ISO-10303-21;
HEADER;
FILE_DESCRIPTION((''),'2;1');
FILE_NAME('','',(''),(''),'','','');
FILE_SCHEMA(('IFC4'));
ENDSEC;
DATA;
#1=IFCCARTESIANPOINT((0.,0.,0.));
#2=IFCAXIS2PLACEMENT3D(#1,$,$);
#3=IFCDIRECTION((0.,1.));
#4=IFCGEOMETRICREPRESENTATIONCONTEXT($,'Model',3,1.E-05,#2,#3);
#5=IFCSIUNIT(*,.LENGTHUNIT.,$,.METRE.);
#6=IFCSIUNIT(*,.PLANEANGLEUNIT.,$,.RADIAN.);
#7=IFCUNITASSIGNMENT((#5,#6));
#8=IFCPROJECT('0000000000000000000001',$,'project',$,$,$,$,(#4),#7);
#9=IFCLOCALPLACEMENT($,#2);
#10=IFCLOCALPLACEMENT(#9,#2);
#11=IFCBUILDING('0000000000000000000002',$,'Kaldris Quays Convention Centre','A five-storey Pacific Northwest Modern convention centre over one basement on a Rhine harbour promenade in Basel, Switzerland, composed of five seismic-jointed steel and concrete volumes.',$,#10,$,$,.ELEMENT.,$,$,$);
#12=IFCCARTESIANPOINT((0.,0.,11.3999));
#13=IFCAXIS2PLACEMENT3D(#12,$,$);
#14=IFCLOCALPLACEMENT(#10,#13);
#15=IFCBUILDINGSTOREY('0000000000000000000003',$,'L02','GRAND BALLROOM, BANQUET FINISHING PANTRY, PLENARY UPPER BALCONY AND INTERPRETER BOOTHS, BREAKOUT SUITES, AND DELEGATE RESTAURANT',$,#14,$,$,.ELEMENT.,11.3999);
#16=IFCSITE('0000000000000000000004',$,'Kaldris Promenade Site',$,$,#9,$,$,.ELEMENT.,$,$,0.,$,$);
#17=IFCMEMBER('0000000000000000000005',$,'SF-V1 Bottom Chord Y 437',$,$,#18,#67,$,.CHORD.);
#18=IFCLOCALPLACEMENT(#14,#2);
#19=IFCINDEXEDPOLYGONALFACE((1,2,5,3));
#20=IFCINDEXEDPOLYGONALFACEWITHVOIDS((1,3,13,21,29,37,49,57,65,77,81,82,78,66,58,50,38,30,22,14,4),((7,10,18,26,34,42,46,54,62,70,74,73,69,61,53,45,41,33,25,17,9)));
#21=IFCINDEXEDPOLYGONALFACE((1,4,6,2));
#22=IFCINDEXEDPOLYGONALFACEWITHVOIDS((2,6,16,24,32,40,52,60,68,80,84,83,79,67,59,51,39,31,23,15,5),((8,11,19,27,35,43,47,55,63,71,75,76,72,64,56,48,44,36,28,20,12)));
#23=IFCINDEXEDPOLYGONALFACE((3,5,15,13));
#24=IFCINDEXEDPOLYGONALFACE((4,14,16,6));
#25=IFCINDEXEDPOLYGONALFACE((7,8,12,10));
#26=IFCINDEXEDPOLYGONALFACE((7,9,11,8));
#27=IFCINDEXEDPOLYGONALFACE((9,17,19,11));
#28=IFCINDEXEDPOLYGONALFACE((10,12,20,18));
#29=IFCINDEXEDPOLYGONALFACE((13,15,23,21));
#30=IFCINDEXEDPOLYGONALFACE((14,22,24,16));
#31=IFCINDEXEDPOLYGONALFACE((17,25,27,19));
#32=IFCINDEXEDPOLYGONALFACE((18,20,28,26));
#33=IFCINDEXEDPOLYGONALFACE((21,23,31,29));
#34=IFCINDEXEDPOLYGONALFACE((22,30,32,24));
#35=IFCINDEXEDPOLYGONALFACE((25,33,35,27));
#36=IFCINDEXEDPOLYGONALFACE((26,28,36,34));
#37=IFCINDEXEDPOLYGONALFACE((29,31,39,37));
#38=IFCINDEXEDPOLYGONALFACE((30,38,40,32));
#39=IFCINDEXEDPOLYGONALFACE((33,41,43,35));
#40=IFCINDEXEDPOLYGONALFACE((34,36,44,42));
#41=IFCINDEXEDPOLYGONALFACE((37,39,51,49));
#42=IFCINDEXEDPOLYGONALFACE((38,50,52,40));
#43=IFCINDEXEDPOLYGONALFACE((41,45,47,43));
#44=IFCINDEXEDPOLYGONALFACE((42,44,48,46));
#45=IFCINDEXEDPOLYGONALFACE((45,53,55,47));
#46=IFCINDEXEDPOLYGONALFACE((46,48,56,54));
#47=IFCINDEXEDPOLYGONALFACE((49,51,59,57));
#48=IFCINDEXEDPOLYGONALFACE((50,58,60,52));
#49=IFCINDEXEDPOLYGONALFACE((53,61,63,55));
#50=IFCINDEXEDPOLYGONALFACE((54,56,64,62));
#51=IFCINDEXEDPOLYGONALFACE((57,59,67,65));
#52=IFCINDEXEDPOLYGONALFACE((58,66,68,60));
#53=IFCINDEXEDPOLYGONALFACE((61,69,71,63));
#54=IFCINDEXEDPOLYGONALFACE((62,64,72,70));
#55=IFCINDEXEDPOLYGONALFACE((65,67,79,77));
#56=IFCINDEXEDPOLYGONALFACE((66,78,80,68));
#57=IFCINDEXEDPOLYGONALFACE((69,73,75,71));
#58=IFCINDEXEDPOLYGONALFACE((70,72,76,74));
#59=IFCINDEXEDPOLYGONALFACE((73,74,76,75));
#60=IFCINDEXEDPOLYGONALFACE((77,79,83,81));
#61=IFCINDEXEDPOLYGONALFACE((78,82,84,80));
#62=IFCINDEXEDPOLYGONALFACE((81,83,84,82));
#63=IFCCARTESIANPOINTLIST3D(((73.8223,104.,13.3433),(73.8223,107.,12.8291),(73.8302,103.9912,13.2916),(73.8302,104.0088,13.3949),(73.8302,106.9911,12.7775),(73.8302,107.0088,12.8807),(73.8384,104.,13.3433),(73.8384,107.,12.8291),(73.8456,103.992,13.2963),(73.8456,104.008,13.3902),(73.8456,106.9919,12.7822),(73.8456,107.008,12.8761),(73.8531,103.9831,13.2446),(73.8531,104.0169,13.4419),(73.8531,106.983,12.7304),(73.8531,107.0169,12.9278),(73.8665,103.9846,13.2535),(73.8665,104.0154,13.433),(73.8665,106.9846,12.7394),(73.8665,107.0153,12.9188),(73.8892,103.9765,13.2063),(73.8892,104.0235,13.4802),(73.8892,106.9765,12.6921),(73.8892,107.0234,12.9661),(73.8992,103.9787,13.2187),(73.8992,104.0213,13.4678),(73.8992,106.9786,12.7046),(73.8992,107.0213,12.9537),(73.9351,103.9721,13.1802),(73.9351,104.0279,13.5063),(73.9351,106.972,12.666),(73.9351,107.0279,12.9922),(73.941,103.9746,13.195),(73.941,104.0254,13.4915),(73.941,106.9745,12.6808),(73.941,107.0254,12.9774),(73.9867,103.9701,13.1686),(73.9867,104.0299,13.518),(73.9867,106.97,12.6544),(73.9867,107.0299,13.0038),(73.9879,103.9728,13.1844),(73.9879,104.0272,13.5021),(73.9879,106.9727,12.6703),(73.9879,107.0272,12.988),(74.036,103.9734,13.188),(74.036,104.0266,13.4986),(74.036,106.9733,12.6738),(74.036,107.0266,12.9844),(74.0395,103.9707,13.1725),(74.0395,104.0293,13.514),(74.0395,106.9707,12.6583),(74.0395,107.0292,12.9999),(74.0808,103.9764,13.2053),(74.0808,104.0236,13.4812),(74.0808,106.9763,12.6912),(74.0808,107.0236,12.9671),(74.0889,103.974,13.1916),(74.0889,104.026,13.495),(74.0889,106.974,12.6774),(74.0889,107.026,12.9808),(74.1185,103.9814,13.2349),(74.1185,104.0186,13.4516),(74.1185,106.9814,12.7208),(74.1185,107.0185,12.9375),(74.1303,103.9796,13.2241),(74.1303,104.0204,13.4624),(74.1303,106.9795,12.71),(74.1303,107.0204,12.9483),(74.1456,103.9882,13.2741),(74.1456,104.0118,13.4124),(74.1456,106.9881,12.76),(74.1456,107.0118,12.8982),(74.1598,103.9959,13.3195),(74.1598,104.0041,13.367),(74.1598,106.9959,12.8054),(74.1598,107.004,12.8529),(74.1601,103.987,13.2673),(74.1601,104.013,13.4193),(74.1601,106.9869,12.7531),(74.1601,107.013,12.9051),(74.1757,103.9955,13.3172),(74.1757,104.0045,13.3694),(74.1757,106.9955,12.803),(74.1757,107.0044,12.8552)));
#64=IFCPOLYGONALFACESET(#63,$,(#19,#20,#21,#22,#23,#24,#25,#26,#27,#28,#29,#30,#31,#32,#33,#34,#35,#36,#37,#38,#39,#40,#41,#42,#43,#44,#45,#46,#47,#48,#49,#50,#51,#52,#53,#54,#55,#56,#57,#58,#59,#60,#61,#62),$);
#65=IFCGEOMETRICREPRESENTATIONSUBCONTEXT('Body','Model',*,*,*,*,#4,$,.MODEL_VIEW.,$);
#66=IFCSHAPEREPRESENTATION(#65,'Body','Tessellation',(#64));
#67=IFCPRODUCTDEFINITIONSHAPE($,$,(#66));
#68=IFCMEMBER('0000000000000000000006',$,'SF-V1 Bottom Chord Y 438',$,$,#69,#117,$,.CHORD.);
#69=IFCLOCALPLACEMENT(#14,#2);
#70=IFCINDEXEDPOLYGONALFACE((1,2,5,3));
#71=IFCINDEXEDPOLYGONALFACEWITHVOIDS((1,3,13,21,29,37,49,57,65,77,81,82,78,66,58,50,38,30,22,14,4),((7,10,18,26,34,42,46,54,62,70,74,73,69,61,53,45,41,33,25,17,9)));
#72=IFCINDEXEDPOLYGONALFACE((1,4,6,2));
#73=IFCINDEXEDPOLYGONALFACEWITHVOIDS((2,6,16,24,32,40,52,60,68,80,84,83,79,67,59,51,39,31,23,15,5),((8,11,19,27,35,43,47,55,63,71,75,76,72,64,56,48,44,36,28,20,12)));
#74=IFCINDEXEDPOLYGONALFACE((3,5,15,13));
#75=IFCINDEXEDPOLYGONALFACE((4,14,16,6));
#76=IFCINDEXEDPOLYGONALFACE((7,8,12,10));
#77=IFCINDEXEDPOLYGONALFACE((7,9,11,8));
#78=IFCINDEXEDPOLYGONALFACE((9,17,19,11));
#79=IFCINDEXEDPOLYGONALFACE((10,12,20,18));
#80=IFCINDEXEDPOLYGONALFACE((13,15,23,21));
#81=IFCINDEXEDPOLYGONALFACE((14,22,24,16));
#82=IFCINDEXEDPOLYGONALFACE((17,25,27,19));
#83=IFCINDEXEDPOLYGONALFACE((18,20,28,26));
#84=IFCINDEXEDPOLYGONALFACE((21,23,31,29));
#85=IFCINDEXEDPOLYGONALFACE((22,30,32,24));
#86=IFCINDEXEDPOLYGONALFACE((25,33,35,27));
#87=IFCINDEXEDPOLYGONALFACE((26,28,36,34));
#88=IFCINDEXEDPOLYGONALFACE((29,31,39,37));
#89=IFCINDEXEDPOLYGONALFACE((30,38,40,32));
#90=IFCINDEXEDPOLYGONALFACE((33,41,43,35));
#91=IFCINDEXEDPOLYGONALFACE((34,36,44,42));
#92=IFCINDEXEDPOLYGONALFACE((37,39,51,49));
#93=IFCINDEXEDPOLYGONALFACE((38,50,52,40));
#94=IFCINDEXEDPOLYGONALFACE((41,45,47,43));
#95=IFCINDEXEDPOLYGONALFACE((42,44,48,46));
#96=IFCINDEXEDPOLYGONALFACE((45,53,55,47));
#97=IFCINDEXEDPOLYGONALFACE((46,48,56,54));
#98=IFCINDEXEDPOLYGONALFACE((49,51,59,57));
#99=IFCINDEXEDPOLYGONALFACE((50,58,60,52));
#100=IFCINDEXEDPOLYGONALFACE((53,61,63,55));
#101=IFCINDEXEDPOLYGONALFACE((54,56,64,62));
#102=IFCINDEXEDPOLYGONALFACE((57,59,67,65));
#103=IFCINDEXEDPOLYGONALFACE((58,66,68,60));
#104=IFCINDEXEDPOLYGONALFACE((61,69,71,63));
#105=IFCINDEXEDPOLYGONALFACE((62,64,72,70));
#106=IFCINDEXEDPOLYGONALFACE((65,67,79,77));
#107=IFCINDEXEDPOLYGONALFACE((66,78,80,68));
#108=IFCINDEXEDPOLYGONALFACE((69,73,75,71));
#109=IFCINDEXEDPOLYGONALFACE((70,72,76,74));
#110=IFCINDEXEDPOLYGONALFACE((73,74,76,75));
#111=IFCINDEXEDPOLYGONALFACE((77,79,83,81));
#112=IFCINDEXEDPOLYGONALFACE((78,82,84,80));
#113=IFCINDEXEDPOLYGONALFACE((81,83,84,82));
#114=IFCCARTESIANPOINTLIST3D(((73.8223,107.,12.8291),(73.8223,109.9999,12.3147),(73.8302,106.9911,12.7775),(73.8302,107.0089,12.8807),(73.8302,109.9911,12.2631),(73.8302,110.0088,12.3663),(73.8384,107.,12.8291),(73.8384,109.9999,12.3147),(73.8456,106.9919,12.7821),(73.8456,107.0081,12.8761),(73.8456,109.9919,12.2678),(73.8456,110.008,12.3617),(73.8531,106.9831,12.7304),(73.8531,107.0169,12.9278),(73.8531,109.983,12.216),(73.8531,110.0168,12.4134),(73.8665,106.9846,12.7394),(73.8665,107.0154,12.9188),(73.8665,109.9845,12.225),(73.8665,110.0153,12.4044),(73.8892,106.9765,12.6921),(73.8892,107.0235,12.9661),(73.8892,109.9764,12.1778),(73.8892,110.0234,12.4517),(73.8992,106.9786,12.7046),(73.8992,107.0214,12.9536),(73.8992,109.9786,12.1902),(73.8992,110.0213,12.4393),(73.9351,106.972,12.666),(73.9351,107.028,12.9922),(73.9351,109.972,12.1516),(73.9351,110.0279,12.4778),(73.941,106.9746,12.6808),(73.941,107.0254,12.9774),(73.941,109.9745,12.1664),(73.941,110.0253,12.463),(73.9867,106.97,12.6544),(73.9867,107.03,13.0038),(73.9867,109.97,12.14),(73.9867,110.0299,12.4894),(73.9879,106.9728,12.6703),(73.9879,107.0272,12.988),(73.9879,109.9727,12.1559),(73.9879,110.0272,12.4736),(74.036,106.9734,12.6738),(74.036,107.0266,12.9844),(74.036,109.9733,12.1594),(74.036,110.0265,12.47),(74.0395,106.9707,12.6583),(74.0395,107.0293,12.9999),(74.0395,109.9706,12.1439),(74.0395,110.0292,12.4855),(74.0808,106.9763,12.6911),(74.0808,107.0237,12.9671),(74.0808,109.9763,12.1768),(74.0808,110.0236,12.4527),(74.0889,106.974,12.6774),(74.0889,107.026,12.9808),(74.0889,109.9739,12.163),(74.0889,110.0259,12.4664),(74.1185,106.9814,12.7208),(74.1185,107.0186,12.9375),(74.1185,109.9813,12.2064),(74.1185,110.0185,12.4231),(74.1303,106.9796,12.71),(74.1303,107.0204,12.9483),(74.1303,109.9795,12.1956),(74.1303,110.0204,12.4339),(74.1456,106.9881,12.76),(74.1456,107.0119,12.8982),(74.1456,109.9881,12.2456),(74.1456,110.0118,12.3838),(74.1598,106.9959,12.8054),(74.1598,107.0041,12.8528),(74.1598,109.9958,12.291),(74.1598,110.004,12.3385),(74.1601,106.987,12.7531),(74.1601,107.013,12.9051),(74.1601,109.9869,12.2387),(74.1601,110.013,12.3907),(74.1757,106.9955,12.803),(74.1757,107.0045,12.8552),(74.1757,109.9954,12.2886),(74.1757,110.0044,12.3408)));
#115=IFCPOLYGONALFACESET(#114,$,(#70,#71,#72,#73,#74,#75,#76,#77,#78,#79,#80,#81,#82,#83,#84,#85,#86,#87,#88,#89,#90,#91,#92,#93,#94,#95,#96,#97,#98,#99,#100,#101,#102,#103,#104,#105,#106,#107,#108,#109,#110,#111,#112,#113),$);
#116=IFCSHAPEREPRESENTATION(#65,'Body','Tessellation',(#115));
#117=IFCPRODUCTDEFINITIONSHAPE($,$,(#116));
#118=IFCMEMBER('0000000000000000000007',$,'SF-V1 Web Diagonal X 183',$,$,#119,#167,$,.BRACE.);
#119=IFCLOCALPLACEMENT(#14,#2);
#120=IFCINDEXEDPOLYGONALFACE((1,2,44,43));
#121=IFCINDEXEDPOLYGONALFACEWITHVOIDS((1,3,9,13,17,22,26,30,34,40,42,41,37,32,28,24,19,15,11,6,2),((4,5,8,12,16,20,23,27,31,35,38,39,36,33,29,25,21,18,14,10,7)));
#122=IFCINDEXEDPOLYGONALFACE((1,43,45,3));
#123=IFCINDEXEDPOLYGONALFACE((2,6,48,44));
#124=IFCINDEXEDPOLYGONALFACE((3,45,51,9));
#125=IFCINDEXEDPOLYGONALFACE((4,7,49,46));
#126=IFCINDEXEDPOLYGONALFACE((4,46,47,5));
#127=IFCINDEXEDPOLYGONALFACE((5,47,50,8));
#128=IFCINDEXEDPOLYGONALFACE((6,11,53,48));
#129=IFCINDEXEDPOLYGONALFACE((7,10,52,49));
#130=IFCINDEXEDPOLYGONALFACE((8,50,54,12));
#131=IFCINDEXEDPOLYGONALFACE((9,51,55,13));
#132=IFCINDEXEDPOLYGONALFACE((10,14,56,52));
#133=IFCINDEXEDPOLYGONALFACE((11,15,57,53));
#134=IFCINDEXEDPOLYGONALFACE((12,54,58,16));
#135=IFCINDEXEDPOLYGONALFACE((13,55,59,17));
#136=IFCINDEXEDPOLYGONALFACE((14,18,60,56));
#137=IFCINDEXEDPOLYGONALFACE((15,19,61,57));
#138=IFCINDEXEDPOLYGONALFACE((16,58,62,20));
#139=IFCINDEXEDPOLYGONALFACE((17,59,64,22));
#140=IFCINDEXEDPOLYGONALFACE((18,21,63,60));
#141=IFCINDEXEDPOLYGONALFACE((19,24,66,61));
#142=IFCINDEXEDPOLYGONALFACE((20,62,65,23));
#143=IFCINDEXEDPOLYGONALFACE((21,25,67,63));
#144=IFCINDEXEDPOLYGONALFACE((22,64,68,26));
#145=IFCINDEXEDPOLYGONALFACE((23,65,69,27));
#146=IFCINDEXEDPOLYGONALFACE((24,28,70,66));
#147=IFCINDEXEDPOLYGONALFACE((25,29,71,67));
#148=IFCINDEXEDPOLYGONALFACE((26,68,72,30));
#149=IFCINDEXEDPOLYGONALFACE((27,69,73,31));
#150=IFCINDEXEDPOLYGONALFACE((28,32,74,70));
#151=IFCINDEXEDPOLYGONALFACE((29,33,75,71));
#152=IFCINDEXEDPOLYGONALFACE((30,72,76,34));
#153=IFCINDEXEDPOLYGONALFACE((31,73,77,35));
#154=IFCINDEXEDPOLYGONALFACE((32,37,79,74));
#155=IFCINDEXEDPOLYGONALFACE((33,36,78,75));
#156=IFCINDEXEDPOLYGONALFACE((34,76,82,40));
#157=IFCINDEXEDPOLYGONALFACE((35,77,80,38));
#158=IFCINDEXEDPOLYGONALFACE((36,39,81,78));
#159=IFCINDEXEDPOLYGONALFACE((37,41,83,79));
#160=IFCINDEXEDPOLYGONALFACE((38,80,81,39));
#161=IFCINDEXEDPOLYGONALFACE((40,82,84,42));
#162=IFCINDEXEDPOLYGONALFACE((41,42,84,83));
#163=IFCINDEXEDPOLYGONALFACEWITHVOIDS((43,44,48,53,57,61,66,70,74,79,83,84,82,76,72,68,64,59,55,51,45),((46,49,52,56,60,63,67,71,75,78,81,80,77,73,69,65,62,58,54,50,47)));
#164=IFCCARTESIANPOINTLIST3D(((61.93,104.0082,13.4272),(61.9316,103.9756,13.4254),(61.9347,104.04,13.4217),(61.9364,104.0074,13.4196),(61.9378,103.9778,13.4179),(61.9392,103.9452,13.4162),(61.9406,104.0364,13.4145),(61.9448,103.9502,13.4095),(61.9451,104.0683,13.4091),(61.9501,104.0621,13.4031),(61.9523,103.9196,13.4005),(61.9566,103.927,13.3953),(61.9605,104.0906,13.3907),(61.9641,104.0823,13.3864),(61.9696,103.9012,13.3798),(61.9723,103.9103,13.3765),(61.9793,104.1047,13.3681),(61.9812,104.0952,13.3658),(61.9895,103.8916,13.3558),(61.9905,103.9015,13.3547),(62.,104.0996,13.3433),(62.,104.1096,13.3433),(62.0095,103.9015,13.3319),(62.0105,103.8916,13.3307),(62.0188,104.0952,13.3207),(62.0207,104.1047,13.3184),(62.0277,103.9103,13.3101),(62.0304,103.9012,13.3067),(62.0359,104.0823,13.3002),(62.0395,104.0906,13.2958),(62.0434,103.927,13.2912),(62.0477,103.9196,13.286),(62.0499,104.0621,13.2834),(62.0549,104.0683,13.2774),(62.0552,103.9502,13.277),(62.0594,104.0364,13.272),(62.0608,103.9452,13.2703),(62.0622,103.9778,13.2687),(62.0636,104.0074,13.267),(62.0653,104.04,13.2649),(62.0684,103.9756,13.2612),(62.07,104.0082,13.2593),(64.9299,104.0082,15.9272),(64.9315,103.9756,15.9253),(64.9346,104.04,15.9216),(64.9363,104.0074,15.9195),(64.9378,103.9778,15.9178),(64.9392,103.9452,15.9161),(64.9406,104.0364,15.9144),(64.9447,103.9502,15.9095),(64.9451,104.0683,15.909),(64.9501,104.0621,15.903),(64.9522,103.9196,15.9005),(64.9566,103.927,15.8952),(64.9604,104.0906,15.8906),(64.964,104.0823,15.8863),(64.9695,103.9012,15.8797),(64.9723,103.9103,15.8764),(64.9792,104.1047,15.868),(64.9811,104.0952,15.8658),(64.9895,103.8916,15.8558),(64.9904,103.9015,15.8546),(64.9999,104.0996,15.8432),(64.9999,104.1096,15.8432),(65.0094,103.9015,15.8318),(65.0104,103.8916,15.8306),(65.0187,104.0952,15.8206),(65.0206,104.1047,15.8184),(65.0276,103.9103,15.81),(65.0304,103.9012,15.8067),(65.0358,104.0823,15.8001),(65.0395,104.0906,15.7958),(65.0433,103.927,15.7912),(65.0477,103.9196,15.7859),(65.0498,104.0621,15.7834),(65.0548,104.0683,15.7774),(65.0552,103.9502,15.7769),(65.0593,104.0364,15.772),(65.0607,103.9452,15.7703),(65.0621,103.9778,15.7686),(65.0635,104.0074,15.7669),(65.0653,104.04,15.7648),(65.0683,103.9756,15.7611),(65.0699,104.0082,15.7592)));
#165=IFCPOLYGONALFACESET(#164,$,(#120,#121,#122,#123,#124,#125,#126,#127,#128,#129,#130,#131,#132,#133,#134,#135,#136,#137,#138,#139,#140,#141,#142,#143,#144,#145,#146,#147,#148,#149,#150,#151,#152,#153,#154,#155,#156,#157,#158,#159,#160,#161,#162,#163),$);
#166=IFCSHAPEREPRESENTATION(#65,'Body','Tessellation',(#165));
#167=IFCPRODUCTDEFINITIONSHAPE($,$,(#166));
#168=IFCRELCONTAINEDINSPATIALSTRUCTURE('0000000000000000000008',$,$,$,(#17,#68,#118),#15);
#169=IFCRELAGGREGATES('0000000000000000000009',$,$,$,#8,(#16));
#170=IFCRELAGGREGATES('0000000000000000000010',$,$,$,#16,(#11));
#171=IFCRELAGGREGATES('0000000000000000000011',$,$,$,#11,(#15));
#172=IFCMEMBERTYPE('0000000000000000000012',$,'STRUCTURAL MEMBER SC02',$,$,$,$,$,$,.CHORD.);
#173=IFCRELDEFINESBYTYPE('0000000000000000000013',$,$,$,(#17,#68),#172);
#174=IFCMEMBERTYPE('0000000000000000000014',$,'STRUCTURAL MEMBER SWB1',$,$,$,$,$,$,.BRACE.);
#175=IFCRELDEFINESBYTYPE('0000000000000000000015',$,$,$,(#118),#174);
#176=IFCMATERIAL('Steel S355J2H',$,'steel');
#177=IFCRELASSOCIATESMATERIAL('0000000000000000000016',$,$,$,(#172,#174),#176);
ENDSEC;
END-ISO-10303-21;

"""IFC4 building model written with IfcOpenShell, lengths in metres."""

from ifc_helpers import new_model, si_unit, direction, frame, origin, origin_2d, place, context, subcontext, project, spatial, hollow_circle, extrude, material, material_profile, profile_set, type_object, element, save


model = new_model("IFC4")

# Units and contexts
model_context = context("Model", 3, precision=1e-05, world=origin(), true_north=direction((0.0, 1.0)))
body_context = subcontext(model_context, "Body", "Model", "MODEL_VIEW")
ifc_project = project(units=[si_unit("LENGTHUNIT", "METRE"), si_unit("PLANEANGLEUNIT", "RADIAN")], contexts=[model_context])

# Site, building, storey
site_placement = place(None, origin())
site = spatial("IfcSite", under=ifc_project, at=site_placement, Name="Kaldris Promenade Site", CompositionType="ELEMENT", RefElevation=0.0)
building_placement = place(site_placement, origin())
building = spatial("IfcBuilding", under=site, at=building_placement, Name="Kaldris Quays Convention Centre", Description="A five-storey Pacific Northwest Modern convention centre over one basement on a Rhine harbour promenade in Basel, Switzerland, composed of five seismic-jointed steel and concrete volumes.", CompositionType="ELEMENT")
storey_placement = place(building_placement, frame((0.0, 0.0, 11.3999)))
storey = spatial("IfcBuildingStorey", under=building, at=storey_placement, Name="L02", Description="GRAND BALLROOM, BANQUET FINISHING PANTRY, PLENARY UPPER BALCONY AND INTERPRETER BOOTHS, BREAKOUT SUITES, AND DELEGATE RESTAURANT", CompositionType="ELEMENT", Elevation=11.3999)

# Members
ifc_material_1 = material(Name="Steel S355J2H", Category="steel")
ifc_material_profile_1 = material_profile(ifc_material_1, hollow_circle(Radius=0.1777, WallThickness=0.0161, at=origin_2d()), Name="CHS 355.6x16")
ifc_profile_set_1 = profile_set([ifc_material_profile_1], Name="Steel S355J2H")
member_type_1 = type_object("IfcMemberType", Name="STRUCTURAL MEMBER SC02", PredefinedType="CHORD", material=ifc_profile_set_1)
for number, where, z_axis, x_axis, name in (
    (1, (74.0, 104.0, 13.3433), (0.0, 0.985629, -0.168924), (-1.0, 0.0, 0.0), "SF-V1 Bottom Chord Y 437"),
    (2, (74.0, 107.0, 12.8291), (0.0, 0.985616, -0.169002), (-1.0, 0.0, 0.0), "SF-V1 Bottom Chord Y 438"),
):
    element("IfcMember", number, at=place(storey_placement, frame(where, z_axis=z_axis, x_axis=x_axis)), inside=storey, type_object=member_type_1, Name=name, PredefinedType="CHORD", context=body_context, shape_type="SweptSolid", body=[
        extrude(hollow_circle(Radius=0.1777, WallThickness=0.0161, at=origin_2d()), origin(), (0.0, 0.0, 1.0), 3.0437),
    ])
ifc_material_profile_2 = material_profile(ifc_material_1, hollow_circle(Radius=0.1096, WallThickness=0.01, at=origin_2d()), Name="CHS 219.1x10")
ifc_profile_set_2 = profile_set([ifc_material_profile_2], Name="Steel S355J2H")
member_type_2 = type_object("IfcMemberType", Name="STRUCTURAL MEMBER SWB1", PredefinedType="BRACE", material=ifc_profile_set_2)
for number, where, z_axis, x_axis, name in (
    (3, (62.0, 104.0, 13.3433), (0.768221, 0.0, 0.640184), (0.0, 1.0, 0.0), "SF-V1 Web Diagonal X 183"),
):
    element("IfcMember", number, at=place(storey_placement, frame(where, z_axis=z_axis, x_axis=x_axis)), inside=storey, type_object=member_type_2, Name=name, PredefinedType="BRACE", context=body_context, shape_type="SweptSolid", body=[
        extrude(hollow_circle(Radius=0.1096, WallThickness=0.01, at=origin_2d()), origin(), (0.0, 0.0, 1.0), 3.905),
    ])

save(model, "model.ifc")
